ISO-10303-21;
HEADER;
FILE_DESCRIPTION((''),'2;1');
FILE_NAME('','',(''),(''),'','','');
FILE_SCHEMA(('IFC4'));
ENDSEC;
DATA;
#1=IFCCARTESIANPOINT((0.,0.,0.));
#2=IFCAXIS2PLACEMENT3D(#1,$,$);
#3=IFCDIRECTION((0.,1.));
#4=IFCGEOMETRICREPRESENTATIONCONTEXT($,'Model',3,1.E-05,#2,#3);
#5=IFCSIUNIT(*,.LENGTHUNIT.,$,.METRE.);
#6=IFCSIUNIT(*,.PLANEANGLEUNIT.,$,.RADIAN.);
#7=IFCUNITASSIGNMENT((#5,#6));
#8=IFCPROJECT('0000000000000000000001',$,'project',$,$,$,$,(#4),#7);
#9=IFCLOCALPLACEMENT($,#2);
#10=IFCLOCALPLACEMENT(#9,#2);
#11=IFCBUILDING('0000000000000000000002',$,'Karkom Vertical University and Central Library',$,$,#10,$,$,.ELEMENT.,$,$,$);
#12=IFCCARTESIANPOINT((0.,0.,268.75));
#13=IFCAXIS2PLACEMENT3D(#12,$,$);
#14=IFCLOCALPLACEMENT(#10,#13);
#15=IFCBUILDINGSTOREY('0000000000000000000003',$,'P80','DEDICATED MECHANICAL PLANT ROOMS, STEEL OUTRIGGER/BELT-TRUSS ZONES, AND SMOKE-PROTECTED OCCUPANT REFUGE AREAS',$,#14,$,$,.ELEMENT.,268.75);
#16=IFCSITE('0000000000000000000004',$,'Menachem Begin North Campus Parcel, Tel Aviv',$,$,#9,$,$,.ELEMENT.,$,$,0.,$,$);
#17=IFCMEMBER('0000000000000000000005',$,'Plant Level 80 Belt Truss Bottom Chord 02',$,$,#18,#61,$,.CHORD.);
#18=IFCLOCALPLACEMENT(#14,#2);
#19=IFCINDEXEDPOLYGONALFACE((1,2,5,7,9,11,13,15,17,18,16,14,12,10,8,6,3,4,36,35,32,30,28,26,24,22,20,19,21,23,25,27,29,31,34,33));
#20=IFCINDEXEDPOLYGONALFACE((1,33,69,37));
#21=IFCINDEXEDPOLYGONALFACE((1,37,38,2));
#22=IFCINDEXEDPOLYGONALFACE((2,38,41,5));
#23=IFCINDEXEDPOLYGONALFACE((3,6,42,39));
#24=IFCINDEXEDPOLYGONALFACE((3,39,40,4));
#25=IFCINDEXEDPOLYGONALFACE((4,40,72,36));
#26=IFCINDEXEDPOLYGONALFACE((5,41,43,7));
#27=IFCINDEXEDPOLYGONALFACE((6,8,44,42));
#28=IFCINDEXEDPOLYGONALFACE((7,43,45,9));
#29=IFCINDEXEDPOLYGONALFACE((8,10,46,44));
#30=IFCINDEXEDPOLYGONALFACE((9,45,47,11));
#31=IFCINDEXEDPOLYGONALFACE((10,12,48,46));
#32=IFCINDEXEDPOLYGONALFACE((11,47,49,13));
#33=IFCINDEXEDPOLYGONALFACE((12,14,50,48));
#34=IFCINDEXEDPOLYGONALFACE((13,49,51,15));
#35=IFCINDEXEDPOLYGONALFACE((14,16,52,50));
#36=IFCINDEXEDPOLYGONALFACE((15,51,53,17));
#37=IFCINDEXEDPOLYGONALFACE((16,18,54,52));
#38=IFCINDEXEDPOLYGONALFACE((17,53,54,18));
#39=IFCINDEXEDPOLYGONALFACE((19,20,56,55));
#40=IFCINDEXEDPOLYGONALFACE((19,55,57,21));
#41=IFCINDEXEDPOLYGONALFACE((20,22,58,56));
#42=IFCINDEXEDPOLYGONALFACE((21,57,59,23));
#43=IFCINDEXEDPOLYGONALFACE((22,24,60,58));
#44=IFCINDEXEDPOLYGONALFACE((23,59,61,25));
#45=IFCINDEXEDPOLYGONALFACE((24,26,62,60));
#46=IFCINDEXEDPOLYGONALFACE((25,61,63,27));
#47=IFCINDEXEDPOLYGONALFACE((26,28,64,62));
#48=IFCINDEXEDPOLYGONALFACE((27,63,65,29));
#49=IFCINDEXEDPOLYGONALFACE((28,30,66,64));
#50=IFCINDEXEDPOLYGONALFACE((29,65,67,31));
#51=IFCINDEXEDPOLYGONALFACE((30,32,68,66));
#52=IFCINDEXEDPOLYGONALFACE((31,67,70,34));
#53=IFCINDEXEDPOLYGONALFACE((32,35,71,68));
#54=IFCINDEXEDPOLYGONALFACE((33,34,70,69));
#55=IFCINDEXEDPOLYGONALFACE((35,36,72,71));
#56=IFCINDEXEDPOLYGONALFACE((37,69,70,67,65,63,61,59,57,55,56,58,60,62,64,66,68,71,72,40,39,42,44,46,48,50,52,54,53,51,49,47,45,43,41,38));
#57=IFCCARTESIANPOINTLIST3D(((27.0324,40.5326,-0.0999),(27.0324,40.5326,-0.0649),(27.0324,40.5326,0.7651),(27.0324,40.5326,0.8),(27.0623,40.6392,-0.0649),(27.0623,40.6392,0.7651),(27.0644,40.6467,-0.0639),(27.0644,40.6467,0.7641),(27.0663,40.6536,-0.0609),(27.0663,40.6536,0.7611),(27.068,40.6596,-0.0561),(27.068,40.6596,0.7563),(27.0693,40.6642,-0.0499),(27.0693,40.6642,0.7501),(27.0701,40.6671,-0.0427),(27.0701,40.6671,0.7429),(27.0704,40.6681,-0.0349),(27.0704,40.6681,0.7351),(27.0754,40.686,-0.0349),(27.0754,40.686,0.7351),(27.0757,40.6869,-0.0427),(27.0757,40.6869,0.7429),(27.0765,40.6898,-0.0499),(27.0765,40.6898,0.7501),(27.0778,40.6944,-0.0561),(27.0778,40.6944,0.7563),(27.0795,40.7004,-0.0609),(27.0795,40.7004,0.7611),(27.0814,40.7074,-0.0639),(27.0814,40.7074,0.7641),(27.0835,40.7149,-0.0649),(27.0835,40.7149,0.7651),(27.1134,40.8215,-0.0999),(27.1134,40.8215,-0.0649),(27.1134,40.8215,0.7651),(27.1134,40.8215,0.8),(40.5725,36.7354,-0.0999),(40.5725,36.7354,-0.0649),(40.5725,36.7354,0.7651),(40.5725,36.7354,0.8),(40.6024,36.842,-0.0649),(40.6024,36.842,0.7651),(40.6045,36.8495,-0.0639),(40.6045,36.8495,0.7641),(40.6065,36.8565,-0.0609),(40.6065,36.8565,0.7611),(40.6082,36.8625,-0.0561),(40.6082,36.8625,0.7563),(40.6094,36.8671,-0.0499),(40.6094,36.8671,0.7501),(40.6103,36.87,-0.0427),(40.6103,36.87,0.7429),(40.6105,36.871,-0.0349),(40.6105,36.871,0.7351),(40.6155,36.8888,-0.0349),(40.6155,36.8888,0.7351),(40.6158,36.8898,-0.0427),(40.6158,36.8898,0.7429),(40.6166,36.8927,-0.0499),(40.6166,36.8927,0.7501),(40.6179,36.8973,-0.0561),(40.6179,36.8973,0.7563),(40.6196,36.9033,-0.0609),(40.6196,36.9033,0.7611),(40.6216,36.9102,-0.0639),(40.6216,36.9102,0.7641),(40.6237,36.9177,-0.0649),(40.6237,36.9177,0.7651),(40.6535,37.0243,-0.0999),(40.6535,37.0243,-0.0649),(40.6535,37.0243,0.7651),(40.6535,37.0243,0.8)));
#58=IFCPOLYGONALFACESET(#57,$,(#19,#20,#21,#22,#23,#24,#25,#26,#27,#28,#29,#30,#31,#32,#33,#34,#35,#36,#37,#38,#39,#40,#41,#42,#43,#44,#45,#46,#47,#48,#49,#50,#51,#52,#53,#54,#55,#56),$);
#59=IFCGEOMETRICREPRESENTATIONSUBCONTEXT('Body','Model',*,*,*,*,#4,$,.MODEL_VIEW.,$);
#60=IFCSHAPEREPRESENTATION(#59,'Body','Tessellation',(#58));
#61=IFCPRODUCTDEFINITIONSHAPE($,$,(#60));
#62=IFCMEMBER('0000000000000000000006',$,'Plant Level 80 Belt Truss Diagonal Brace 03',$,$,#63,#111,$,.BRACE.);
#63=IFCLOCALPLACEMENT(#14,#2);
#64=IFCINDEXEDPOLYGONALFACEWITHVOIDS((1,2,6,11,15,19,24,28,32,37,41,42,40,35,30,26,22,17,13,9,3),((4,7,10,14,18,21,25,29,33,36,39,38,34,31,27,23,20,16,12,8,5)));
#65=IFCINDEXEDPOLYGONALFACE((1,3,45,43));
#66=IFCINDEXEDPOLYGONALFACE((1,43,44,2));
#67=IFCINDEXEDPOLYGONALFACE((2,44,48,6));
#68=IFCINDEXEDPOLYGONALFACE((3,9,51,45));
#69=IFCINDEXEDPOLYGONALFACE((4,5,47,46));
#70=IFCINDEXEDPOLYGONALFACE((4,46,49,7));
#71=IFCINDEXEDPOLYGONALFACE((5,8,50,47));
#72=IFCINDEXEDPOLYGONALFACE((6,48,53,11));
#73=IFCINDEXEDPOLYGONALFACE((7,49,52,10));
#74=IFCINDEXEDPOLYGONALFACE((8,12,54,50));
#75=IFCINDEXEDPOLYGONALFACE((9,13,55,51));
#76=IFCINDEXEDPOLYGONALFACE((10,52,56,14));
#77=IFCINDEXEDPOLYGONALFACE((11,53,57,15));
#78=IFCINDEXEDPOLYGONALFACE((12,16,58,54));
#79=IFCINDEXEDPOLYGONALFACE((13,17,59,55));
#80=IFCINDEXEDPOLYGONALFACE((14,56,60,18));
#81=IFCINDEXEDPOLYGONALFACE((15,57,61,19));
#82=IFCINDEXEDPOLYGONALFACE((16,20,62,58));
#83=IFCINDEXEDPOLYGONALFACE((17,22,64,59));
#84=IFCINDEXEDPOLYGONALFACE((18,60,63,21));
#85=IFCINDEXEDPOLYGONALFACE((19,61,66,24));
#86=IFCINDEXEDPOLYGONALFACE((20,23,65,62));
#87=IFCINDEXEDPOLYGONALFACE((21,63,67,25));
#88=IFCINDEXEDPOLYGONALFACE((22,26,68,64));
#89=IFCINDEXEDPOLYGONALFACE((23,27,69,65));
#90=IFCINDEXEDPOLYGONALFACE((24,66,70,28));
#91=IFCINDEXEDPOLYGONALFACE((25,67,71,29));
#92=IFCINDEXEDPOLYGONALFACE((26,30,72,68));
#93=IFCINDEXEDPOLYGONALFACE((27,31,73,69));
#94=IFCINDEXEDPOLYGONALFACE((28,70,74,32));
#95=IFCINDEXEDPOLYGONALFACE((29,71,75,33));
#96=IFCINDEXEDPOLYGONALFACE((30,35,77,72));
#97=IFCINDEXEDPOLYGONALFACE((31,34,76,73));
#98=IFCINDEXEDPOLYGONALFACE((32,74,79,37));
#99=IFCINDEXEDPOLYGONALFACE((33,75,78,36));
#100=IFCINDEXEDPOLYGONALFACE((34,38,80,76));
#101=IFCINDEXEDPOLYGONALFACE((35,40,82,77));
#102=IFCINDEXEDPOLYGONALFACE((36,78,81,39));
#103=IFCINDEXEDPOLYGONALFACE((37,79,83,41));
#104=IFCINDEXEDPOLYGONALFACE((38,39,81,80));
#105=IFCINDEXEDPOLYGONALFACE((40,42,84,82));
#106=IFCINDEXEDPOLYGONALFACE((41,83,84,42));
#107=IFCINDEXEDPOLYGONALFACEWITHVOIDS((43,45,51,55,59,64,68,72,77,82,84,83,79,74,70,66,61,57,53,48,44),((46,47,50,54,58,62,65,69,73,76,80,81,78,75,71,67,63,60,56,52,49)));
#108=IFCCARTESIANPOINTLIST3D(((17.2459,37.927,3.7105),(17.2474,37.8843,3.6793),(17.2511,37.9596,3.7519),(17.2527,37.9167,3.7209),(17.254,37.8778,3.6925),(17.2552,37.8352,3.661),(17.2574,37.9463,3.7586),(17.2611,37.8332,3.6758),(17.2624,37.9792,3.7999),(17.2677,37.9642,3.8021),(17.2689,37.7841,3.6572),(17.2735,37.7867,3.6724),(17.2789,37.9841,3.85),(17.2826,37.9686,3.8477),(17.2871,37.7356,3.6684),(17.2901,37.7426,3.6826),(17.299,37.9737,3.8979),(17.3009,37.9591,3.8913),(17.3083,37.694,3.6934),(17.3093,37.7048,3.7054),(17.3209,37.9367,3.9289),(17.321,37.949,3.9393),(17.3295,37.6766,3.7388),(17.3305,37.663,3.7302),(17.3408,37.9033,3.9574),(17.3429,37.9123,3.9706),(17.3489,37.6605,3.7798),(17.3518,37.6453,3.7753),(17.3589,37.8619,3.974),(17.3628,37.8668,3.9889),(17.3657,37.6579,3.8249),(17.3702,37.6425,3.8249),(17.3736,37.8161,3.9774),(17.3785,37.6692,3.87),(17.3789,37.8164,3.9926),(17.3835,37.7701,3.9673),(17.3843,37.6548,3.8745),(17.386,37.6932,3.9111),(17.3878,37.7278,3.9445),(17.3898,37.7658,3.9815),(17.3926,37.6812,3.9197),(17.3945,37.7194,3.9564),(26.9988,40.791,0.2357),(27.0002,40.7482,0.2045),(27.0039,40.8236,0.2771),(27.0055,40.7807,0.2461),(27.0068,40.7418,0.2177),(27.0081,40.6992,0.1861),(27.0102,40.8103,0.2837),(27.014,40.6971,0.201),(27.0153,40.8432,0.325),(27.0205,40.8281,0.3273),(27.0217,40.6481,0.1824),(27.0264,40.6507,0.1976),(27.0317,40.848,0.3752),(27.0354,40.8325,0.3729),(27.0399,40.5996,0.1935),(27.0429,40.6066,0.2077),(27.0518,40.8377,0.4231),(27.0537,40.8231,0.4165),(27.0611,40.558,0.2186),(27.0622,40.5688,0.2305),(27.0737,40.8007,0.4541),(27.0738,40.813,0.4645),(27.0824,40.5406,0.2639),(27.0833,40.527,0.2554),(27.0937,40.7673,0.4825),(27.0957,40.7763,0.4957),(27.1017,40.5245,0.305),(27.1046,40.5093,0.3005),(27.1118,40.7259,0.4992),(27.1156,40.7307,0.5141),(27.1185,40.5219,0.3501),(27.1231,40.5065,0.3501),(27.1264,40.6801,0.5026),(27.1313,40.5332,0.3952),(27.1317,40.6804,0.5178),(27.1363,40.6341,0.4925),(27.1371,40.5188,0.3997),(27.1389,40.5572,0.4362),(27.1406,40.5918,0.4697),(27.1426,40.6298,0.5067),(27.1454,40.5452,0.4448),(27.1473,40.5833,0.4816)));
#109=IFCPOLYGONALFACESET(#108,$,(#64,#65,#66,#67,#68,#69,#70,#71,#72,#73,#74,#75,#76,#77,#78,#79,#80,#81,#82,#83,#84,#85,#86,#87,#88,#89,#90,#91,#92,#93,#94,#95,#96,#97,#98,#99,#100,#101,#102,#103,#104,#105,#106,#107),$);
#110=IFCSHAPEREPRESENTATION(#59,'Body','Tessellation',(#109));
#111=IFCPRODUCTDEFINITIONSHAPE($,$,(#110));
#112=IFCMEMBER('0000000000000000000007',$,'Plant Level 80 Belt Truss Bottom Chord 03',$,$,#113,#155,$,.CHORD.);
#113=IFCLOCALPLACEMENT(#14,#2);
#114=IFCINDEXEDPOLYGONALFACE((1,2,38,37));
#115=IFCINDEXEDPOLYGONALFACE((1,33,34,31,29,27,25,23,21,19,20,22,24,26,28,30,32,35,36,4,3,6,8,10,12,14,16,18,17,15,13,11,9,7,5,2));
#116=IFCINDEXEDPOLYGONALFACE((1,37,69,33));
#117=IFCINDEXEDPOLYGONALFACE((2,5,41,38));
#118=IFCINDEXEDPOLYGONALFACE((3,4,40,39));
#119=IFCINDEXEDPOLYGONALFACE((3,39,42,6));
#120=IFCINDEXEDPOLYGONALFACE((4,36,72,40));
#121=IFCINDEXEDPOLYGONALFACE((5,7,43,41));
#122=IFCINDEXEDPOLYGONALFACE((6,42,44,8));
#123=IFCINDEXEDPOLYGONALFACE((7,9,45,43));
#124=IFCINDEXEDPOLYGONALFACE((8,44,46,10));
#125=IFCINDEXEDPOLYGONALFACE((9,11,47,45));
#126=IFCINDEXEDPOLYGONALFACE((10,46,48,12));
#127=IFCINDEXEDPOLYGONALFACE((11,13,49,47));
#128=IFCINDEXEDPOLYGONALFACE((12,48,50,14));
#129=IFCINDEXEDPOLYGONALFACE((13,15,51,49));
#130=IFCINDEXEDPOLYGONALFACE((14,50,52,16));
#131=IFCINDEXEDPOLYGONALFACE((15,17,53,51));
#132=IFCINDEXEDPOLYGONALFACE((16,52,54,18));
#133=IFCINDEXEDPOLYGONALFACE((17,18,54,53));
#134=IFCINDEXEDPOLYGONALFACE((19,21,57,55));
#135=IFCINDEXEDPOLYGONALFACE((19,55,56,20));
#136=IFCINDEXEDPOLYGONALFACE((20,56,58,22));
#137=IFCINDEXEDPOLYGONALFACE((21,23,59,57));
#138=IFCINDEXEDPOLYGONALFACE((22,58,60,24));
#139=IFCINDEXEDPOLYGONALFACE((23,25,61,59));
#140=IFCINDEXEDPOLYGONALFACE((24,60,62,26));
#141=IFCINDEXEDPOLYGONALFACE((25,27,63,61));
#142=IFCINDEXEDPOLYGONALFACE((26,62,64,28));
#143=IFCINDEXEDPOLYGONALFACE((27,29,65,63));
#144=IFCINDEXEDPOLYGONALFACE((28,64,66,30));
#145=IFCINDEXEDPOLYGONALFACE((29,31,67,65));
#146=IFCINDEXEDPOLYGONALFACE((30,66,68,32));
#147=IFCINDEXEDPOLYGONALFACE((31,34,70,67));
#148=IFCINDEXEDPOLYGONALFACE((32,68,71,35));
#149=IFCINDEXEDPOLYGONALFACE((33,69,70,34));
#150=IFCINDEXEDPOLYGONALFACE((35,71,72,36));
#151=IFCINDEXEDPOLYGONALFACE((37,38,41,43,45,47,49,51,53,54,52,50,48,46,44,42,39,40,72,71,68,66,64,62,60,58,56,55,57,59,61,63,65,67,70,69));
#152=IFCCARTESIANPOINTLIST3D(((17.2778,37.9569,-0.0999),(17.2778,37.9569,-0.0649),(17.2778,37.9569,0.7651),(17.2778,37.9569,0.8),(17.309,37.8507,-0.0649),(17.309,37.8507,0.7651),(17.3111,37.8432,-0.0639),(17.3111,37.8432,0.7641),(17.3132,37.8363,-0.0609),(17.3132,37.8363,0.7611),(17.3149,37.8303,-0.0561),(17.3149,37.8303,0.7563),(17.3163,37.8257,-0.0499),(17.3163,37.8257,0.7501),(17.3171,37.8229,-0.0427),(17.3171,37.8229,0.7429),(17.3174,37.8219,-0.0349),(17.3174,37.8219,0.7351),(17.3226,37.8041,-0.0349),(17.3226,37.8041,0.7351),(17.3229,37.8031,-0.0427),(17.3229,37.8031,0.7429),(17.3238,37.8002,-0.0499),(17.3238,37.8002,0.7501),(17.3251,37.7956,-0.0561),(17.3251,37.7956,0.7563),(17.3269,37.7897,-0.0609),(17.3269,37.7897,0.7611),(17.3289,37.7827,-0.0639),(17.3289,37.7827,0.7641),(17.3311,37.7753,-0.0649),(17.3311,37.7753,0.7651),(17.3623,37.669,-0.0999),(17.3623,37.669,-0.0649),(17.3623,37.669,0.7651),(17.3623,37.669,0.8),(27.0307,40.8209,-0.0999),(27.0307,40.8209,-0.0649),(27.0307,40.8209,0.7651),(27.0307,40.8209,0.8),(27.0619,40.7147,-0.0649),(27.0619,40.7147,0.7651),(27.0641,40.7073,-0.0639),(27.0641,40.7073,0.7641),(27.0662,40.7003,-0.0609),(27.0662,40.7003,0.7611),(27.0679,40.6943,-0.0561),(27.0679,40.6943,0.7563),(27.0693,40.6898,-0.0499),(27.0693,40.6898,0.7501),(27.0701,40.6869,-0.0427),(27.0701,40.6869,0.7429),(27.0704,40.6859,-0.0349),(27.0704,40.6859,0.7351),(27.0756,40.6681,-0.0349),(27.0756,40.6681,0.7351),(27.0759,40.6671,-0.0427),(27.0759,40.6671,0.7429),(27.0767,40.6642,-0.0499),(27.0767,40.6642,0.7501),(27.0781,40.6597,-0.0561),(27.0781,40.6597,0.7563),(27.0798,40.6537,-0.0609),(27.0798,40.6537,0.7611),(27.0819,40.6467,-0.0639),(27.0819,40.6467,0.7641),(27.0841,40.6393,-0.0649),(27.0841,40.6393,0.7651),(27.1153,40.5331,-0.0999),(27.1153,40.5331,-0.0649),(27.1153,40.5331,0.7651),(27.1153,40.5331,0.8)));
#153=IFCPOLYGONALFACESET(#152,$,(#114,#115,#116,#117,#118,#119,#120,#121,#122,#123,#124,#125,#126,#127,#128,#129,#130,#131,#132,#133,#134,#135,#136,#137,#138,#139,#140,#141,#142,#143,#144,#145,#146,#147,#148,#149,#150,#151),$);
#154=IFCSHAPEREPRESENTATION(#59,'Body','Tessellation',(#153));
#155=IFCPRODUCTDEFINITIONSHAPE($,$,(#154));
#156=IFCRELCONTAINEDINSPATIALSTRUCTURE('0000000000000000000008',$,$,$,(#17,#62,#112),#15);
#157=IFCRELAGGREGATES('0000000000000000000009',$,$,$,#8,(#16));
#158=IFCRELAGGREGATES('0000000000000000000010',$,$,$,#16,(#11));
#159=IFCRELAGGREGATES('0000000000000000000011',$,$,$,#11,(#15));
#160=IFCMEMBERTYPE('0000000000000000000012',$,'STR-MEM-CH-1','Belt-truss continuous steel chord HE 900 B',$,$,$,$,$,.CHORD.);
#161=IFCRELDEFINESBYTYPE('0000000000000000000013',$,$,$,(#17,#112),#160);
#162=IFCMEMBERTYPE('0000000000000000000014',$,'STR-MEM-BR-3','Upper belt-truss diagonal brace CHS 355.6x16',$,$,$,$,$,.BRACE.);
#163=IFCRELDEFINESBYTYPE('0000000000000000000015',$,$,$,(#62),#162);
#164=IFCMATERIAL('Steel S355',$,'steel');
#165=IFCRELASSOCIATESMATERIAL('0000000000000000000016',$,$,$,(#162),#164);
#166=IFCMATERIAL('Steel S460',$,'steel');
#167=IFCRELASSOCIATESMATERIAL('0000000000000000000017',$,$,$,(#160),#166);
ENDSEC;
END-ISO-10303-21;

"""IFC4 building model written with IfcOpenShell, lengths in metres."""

from ifc_helpers import new_model, si_unit, direction, frame, origin, origin_with_axes, origin_2d, place, context, subcontext, project, spatial, hollow_circle, i_section, extrude, source, transform, mapped, material, material_profile, profile_set, type_object, element, save


model = new_model("IFC4")

# Units and contexts
model_context = context("Model", 3, precision=1e-05, world=origin(), true_north=direction((0.0, 1.0)))
body_context = subcontext(model_context, "Body", "Model", "MODEL_VIEW")
ifc_project = project(units=[si_unit("LENGTHUNIT", "METRE"), si_unit("PLANEANGLEUNIT", "RADIAN")], contexts=[model_context])

# Site, building, storey
site_placement = place(None, origin())
site = spatial("IfcSite", under=ifc_project, at=site_placement, Name="Menachem Begin North Campus Parcel, Tel Aviv", CompositionType="ELEMENT", RefElevation=0.0)
building_placement = place(site_placement, origin())
building = spatial("IfcBuilding", under=site, at=building_placement, Name="Karkom Vertical University and Central Library", CompositionType="ELEMENT")
storey_placement = place(building_placement, frame((0.0, 0.0, 268.75)))
storey = spatial("IfcBuildingStorey", under=building, at=storey_placement, Name="P80", Description="DEDICATED MECHANICAL PLANT ROOMS, STEEL OUTRIGGER/BELT-TRUSS ZONES, AND SMOKE-PROTECTED OCCUPANT REFUGE AREAS", CompositionType="ELEMENT", Elevation=268.75)

# Shared definitions
ifc_material_1 = material(Name="Steel S355", Category="steel")
ifc_material_2 = material(Name="Steel S460", Category="steel")

# Members
ifc_material_profile_1 = material_profile(ifc_material_1, hollow_circle(Radius=0.1777, WallThickness=0.0161, at=origin_2d()), Name="CHS 355.6x16")
ifc_profile_set_1 = profile_set([ifc_material_profile_1], Name="Steel S355")
member_type_1 = type_object("IfcMemberType", Name="STR-MEM-BR-3", Description="Upper belt-truss diagonal brace CHS 355.6x16", PredefinedType="BRACE", material=ifc_profile_set_1)
ifc_material_profile_2 = material_profile(ifc_material_2, i_section(OverallWidth=0.3, OverallDepth=0.8999, WebThickness=0.0186, FlangeThickness=0.0349, FilletRadius=0.03, at=origin_2d()), Name="HE 900 B")
ifc_profile_set_2 = profile_set([ifc_material_profile_2], Name="Steel S460")
member_type_2 = type_object("IfcMemberType", Name="STR-MEM-CH-1", Description="Belt-truss continuous steel chord HE 900 B", PredefinedType="CHORD", material=ifc_profile_set_2)
shared_shape_1 = source(origin_with_axes(), body_context, "Body", "SweptSolid", [
    extrude(i_section(OverallWidth=0.3, OverallDepth=0.8999, WebThickness=0.0186, FlangeThickness=0.0349, FilletRadius=0.03, at=origin_2d()), origin(), (0.0, 0.0, 1.0), 14.0625),
])
member_1_placement = place(storey_placement, frame((40.613, 36.8799, 0.3501), z_axis=(-0.962855, 0.27002, 0.0), x_axis=(-0.27002, -0.962855, 0.0)))
element("IfcMember", 1, at=member_1_placement, inside=storey, type_object=member_type_2, Name="Plant Level 80 Belt Truss Bottom Chord 02", PredefinedType="CHORD", context=body_context, shape_type="MappedRepresentation", body=[
    mapped(shared_shape_1, transform((0.0, 0.0, 0.0), scale=1.0)),
])
shared_shape_2 = source(origin_with_axes(), body_context, "Body", "SweptSolid", [
    extrude(hollow_circle(Radius=0.1777, WallThickness=0.0161, at=origin_2d()), origin(), (0.0, 0.0, 1.0), 10.7422),
])
member_2_placement = place(storey_placement, frame((27.073, 40.677, 0.3501), z_axis=(-0.9079, -0.266611, 0.323474), x_axis=(0.281759, -0.959485, 0.0)))
element("IfcMember", 2, at=member_2_placement, inside=storey, type_object=member_type_1, Name="Plant Level 80 Belt Truss Diagonal Brace 03", PredefinedType="BRACE", context=body_context, shape_type="MappedRepresentation", body=[
    mapped(shared_shape_2, transform((0.0, 0.0, 0.0), scale=1.0)),
])
shared_shape_3 = source(origin_with_axes(), body_context, "Body", "SweptSolid", [
    extrude(i_section(OverallWidth=0.3, OverallDepth=0.8999, WebThickness=0.0186, FlangeThickness=0.0349, FilletRadius=0.03, at=origin_2d()), origin(), (0.0, 0.0, 1.0), 10.1648),
])
member_3_placement = place(storey_placement, frame((27.073, 40.677, 0.3501), z_axis=(-0.959485, -0.281759, 0.0), x_axis=(0.281759, -0.959485, 0.0)))
element("IfcMember", 3, at=member_3_placement, inside=storey, type_object=member_type_2, Name="Plant Level 80 Belt Truss Bottom Chord 03", PredefinedType="CHORD", context=body_context, shape_type="MappedRepresentation", body=[
    mapped(shared_shape_3, transform((0.0, 0.0, 0.0), scale=1.0)),
])

save(model, "model.ifc")
